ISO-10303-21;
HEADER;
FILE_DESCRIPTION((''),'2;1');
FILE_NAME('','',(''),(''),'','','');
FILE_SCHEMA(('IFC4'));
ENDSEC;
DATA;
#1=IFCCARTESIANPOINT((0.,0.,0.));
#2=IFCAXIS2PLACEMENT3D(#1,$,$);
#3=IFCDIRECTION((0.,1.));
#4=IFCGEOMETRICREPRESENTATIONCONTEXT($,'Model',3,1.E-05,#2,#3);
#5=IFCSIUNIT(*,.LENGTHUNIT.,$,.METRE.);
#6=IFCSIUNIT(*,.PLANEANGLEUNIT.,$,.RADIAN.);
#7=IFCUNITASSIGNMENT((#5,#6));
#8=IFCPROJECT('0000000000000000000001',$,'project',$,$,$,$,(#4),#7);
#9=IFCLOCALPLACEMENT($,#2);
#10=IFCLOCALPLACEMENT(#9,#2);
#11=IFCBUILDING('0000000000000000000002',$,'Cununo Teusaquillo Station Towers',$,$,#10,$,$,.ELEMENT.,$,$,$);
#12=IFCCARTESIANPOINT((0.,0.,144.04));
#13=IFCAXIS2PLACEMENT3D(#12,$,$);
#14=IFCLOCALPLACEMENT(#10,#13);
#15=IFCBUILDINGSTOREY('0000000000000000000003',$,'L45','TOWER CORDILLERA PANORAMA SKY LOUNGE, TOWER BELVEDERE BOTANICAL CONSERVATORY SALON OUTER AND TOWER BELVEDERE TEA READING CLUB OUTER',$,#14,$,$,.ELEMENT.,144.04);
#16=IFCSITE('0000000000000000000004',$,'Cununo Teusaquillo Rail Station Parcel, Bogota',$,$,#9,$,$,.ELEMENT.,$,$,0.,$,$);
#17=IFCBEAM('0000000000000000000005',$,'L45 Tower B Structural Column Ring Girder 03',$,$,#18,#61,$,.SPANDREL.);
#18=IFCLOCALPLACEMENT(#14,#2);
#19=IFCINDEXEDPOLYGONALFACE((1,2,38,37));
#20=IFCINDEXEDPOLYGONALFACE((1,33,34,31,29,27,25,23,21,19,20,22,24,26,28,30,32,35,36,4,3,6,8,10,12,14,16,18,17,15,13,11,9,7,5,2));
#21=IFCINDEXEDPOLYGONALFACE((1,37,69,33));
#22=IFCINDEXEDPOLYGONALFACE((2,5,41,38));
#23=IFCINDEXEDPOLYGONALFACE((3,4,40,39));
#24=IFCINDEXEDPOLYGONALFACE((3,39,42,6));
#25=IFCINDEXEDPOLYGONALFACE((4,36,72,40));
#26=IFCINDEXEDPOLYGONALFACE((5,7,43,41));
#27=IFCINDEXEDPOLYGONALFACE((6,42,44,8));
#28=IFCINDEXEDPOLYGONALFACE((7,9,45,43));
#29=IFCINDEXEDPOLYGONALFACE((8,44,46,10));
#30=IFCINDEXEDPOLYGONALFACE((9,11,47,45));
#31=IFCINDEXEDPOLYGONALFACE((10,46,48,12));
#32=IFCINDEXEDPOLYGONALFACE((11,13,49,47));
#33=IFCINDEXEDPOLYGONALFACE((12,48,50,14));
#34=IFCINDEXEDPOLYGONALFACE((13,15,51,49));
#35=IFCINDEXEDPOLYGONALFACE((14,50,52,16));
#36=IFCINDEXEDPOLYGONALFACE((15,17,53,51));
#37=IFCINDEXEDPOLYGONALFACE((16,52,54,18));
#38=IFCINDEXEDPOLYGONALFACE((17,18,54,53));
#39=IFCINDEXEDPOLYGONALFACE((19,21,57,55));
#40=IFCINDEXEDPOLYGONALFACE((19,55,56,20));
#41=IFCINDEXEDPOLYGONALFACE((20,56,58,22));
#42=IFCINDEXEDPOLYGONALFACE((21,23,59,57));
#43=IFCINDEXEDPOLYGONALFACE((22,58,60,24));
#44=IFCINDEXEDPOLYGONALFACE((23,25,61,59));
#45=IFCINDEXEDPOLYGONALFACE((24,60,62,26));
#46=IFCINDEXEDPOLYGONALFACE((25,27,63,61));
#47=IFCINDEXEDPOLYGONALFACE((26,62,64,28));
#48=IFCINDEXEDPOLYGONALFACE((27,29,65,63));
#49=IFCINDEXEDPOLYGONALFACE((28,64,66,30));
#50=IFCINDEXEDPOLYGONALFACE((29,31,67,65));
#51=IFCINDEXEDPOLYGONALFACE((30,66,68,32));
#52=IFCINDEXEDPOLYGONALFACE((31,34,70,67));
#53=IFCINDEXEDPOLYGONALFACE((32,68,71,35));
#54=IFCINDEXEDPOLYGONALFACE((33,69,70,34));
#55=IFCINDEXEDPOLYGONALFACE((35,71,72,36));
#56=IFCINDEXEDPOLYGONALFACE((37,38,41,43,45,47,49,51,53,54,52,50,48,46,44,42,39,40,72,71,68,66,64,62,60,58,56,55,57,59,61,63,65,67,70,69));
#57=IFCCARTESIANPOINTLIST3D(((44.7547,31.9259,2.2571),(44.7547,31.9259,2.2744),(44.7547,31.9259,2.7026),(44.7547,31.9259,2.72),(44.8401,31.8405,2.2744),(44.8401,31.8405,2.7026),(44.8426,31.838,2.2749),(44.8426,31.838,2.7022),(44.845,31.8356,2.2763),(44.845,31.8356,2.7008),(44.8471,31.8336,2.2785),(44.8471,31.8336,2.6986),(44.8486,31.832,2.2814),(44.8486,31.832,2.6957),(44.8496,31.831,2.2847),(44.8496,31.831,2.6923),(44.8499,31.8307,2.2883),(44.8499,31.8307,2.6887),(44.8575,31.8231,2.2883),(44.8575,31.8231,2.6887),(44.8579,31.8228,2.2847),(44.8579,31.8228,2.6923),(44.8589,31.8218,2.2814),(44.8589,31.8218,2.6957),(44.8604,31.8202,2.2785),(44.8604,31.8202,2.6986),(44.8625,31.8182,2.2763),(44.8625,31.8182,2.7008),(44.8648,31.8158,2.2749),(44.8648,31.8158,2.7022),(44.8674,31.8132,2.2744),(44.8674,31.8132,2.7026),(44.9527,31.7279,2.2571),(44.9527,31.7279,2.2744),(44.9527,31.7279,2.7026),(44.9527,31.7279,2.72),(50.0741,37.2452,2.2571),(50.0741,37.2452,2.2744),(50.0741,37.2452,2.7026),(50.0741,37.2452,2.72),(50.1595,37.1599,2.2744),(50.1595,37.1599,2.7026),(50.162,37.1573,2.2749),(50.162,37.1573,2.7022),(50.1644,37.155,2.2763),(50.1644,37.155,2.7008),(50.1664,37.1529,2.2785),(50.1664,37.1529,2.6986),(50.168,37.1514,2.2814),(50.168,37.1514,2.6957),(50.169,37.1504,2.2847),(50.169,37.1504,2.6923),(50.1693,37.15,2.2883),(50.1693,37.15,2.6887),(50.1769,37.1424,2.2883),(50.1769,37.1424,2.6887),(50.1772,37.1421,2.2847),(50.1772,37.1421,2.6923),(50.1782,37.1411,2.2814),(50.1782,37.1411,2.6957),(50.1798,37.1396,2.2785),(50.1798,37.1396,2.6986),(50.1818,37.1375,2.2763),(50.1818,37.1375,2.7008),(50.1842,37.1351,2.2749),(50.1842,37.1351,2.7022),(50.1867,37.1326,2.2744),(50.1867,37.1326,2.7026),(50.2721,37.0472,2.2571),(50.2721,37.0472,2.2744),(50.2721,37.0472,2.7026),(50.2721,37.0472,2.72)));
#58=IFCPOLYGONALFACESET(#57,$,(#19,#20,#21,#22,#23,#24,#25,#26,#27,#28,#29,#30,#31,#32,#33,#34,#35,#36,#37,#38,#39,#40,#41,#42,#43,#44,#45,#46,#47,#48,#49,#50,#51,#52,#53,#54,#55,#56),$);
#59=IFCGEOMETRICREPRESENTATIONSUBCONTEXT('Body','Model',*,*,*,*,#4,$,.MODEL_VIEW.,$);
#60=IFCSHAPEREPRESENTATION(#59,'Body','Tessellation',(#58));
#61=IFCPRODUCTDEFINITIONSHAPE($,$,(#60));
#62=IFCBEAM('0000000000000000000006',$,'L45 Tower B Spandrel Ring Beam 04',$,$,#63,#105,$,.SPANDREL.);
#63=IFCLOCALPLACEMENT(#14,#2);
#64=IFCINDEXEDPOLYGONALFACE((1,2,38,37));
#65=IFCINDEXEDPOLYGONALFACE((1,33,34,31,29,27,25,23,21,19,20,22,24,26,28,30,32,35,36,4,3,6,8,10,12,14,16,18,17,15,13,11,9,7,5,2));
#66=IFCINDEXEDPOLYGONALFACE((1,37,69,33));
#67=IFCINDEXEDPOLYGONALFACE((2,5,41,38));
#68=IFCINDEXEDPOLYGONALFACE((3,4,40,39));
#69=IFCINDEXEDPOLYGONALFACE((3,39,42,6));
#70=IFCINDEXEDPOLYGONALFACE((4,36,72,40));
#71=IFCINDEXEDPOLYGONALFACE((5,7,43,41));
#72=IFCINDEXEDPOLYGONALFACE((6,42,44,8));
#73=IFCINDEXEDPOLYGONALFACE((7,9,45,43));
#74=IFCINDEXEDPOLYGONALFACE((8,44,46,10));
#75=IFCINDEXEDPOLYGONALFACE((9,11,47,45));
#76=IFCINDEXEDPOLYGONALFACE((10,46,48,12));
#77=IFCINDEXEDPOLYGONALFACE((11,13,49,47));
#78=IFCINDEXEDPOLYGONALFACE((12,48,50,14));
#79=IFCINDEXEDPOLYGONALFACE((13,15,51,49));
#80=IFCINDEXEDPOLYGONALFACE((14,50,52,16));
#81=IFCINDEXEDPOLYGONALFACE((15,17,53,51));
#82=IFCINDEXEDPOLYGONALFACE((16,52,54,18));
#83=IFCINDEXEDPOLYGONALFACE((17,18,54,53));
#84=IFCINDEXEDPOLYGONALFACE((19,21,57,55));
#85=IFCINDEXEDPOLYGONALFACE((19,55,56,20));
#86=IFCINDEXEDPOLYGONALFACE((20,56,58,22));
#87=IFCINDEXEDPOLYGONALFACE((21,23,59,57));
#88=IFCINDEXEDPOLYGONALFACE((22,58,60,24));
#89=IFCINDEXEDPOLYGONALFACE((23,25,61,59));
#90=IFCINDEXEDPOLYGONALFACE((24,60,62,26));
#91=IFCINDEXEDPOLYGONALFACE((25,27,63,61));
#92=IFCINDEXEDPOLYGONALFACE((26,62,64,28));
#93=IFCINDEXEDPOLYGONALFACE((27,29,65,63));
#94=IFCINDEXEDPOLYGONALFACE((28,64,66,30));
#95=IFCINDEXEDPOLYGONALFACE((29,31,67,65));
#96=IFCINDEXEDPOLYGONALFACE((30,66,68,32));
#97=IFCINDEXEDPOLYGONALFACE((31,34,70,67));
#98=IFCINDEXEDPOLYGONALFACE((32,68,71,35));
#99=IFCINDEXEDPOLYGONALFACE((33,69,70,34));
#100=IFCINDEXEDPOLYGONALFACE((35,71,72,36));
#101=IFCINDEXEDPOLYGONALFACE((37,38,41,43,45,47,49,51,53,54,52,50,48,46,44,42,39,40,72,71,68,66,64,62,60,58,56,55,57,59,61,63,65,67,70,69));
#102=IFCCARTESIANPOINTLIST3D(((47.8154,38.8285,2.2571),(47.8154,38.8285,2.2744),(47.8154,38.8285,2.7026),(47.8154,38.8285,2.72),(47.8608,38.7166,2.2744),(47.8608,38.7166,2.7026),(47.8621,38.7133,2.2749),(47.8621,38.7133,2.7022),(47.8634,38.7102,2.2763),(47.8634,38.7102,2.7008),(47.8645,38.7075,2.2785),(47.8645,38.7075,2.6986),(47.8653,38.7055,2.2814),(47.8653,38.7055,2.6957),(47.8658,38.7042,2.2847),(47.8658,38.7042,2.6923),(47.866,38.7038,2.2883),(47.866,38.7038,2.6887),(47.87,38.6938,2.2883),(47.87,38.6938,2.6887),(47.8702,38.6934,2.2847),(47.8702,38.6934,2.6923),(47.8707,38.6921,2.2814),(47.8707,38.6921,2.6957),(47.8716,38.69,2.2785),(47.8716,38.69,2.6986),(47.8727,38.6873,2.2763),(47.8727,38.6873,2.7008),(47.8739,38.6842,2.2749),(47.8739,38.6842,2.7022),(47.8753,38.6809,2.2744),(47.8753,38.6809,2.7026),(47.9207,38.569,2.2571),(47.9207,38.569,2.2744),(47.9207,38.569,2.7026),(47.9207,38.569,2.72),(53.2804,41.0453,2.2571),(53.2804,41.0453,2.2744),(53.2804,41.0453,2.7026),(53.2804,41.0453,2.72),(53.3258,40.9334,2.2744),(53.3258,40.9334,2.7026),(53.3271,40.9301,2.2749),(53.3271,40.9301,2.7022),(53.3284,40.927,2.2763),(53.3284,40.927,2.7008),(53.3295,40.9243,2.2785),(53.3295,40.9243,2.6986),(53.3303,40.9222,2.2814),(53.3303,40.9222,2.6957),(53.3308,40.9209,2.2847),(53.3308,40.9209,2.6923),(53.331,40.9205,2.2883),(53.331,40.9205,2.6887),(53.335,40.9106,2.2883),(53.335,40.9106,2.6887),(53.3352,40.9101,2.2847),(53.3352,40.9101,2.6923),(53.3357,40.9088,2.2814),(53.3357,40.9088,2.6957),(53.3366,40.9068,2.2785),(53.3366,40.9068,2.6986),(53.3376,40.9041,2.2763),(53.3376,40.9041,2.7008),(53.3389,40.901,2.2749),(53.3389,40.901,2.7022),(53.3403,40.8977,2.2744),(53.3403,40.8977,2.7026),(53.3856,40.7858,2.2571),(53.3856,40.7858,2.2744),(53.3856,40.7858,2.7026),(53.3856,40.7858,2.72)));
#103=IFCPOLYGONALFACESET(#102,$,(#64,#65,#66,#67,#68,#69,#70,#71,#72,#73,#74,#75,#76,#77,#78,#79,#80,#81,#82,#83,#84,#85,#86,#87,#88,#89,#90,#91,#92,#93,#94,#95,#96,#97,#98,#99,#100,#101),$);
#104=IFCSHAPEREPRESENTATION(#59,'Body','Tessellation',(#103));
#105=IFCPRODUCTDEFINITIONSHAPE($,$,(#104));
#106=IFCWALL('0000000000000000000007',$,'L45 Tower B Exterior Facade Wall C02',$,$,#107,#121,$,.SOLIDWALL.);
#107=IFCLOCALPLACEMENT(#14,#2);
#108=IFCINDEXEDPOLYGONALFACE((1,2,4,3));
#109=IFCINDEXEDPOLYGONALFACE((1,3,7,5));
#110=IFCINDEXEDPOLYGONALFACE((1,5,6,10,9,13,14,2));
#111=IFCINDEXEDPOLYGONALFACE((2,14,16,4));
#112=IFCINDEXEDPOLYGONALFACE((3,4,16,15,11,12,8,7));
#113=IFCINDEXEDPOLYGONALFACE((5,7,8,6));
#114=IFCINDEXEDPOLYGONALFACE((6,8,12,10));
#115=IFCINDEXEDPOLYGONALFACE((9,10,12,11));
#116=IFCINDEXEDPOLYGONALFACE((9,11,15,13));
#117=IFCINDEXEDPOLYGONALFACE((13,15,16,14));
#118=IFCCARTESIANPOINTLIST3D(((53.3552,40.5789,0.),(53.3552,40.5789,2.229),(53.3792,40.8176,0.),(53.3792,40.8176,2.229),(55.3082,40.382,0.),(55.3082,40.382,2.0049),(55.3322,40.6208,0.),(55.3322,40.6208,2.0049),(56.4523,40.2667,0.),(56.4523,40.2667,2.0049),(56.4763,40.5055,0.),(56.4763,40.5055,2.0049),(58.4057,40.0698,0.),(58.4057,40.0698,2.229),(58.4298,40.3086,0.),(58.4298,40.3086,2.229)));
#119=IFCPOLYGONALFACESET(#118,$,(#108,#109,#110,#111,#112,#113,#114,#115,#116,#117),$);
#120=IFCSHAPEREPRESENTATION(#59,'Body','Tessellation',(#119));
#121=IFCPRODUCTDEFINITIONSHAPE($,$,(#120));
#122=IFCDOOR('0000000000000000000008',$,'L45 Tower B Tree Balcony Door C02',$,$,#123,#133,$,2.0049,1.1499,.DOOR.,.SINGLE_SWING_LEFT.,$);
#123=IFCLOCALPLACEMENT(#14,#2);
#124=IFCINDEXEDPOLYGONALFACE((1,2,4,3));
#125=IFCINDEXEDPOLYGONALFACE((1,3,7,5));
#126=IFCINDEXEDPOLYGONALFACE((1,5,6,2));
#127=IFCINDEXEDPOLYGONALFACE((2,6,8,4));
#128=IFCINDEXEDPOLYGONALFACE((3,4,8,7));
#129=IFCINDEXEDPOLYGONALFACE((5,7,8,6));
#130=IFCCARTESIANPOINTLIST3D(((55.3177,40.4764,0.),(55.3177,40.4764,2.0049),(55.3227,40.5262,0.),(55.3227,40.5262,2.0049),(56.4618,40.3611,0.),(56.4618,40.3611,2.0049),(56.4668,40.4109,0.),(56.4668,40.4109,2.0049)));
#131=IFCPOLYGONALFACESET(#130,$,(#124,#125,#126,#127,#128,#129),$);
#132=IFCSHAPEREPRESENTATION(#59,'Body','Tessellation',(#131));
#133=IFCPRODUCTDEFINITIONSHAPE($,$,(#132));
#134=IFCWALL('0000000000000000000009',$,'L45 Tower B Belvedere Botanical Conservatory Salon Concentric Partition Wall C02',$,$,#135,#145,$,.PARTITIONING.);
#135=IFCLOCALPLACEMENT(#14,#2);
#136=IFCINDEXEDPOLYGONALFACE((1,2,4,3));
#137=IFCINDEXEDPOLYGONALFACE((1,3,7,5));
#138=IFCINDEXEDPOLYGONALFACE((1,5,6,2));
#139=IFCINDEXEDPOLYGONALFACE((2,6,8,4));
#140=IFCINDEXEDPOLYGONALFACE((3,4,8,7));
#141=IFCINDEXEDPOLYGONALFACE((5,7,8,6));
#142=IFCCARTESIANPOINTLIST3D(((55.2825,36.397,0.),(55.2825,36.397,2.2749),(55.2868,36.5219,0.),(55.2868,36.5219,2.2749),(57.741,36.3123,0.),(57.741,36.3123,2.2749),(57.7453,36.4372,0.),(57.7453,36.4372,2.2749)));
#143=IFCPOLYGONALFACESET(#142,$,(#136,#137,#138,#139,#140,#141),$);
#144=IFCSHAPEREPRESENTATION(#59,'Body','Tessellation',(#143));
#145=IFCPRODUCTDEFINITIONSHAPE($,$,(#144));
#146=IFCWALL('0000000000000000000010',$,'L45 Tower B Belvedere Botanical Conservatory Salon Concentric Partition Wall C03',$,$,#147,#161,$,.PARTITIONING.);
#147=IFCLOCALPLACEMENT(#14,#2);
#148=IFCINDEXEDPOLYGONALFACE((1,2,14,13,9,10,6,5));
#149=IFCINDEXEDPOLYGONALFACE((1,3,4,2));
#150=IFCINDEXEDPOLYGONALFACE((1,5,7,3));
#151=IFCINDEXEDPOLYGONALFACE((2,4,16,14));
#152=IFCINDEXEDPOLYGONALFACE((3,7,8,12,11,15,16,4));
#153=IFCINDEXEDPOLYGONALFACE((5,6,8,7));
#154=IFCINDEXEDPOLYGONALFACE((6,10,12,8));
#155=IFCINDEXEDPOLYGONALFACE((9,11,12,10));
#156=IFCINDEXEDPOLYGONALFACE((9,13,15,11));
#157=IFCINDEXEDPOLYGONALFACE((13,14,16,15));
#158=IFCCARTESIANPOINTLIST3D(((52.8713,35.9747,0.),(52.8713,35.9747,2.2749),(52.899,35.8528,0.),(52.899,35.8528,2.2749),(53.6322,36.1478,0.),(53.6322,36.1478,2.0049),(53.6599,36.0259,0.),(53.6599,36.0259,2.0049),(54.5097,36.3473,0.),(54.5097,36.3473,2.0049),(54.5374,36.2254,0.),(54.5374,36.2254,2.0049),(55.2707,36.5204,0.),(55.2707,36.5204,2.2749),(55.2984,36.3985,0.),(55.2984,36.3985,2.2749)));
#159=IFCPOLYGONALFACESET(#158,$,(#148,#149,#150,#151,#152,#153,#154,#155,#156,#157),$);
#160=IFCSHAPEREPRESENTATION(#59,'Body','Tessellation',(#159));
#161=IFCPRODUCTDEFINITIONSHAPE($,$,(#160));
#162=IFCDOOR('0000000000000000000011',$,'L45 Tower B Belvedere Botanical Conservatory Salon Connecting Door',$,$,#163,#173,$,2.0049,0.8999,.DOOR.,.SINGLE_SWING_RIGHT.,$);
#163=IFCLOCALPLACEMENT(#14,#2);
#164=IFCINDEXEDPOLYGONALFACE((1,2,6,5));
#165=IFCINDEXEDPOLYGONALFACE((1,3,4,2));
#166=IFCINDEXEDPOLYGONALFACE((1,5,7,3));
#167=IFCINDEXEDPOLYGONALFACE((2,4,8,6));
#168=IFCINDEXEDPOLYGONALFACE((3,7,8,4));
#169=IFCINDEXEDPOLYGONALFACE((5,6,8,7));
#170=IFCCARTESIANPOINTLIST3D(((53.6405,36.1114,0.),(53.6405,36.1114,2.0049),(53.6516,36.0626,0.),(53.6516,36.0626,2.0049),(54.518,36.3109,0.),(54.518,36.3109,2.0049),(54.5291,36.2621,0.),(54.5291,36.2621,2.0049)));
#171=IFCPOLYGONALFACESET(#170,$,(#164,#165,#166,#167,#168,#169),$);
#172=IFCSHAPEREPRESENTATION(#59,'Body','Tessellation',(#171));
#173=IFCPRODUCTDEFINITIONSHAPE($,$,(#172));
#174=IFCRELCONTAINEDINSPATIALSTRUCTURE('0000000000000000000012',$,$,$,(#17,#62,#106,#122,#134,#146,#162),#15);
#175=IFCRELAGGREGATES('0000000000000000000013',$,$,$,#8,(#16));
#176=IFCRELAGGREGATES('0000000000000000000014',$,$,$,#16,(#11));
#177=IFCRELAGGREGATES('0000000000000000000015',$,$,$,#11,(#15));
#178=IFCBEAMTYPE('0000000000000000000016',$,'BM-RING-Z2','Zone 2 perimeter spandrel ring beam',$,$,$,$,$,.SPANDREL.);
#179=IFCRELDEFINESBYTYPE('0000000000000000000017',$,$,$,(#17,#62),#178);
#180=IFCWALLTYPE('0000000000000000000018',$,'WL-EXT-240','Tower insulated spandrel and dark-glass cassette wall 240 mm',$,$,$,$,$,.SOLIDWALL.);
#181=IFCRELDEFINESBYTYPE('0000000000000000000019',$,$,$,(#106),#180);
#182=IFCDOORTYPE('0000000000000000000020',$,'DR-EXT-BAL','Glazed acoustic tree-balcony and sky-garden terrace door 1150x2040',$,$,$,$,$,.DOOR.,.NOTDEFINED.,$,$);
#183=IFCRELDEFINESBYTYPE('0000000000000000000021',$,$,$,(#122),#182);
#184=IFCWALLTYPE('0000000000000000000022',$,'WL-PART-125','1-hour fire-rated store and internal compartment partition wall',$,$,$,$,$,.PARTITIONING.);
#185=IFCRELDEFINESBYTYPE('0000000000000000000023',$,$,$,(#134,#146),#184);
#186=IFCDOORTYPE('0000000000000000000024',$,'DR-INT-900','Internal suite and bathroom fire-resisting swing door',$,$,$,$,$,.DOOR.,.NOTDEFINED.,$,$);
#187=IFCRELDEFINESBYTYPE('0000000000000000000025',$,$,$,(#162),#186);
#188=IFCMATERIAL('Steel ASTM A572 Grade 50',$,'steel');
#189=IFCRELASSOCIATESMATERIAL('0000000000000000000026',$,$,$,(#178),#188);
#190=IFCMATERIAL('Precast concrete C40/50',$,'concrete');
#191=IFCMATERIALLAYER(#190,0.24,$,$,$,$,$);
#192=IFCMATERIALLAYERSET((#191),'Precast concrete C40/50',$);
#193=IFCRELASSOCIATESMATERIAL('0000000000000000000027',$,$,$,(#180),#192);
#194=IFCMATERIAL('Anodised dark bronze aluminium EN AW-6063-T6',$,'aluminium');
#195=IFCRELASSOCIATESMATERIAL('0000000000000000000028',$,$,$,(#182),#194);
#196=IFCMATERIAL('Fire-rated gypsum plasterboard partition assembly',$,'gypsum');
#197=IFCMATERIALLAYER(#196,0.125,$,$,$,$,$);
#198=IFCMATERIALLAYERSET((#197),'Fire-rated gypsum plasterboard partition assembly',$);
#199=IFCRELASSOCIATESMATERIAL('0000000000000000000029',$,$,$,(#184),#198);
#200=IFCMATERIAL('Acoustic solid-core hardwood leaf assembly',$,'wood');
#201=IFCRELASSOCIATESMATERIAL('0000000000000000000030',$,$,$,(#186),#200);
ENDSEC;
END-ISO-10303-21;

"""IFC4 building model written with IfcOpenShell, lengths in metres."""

from ifc_helpers import new_model, si_unit, direction, frame, frame_2d, origin, origin_2d, place, context, subcontext, project, spatial, rectangle, i_section, extrude, source, transform, mapped, material, layer, layer_set, material_profile, profile_set, type_object, element, fill, save


model = new_model("IFC4")

# Units and contexts
model_context = context("Model", 3, precision=1e-05, world=origin(), true_north=direction((0.0, 1.0)))
body_context = subcontext(model_context, "Body", "Model", "MODEL_VIEW")
ifc_project = project(units=[si_unit("LENGTHUNIT", "METRE"), si_unit("PLANEANGLEUNIT", "RADIAN")], contexts=[model_context])

# Site, building, storey
site_placement = place(None, origin())
site = spatial("IfcSite", under=ifc_project, at=site_placement, Name="Cununo Teusaquillo Rail Station Parcel, Bogota", CompositionType="ELEMENT", RefElevation=0.0)
building_placement = place(site_placement, origin())
building = spatial("IfcBuilding", under=site, at=building_placement, Name="Cununo Teusaquillo Station Towers", CompositionType="ELEMENT")
storey_placement = place(building_placement, frame((0.0, 0.0, 144.04)))
storey = spatial("IfcBuildingStorey", under=building, at=storey_placement, Name="L45", Description="TOWER CORDILLERA PANORAMA SKY LOUNGE, TOWER BELVEDERE BOTANICAL CONSERVATORY SALON OUTER AND TOWER BELVEDERE TEA READING CLUB OUTER", CompositionType="ELEMENT", Elevation=144.04)

# Beams
ifc_material_1 = material(Name="Steel ASTM A572 Grade 50", Category="steel")
ifc_material_profile = material_profile(ifc_material_1, i_section(OverallWidth=0.28, OverallDepth=0.4629, WebThickness=0.0107, FlangeThickness=0.0173, FilletRadius=0.0139, at=origin_2d()), Name="W18X76")
ifc_profile_set = profile_set([ifc_material_profile], Name="Steel ASTM A572 Grade 50")
beam_type = type_object("IfcBeamType", Name="BM-RING-Z2", Description="Zone 2 perimeter spandrel ring beam", PredefinedType="SPANDREL", material=ifc_profile_set)
beam_1_placement = place(storey_placement, frame((50.1731, 37.1462, 2.4885), z_axis=(-0.707107, -0.707107, 0.0), x_axis=(0.707107, -0.707107, 0.0)))
element("IfcBeam", 1, at=beam_1_placement, inside=storey, type_object=beam_type, Name="L45 Tower B Structural Column Ring Girder 03", PredefinedType="SPANDREL", context=body_context, shape_type="SweptSolid", body=[
    extrude(i_section(OverallWidth=0.28, OverallDepth=0.4629, WebThickness=0.0107, FlangeThickness=0.0173, FilletRadius=0.0139, at=origin_2d()), origin(), (0.0, 0.0, 1.0), 7.5227),
])
beam_2_placement = place(storey_placement, frame((53.333, 40.9155, 2.4885), z_axis=(-0.926667, -0.375883, 0.0), x_axis=(0.375883, -0.926667, 0.0)))
element("IfcBeam", 2, at=beam_2_placement, inside=storey, type_object=beam_type, Name="L45 Tower B Spandrel Ring Beam 04", PredefinedType="SPANDREL", context=body_context, shape_type="SweptSolid", body=[
    extrude(i_section(OverallWidth=0.28, OverallDepth=0.4629, WebThickness=0.0107, FlangeThickness=0.0173, FilletRadius=0.0139, at=origin_2d()), origin(), (0.0, 0.0, 1.0), 5.8975),
])

# Wall, opening, door
ifc_material_2 = material(Name="Precast concrete C40/50", Category="concrete")
ifc_layer_1 = layer(ifc_material_2, 0.24)
ifc_layer_set_1 = layer_set([ifc_layer_1], Name="Precast concrete C40/50")
wall_type_1 = type_object("IfcWallType", Name="WL-EXT-240", Description="Tower insulated spandrel and dark-glass cassette wall 240 mm", PredefinedType="SOLIDWALL", material=ifc_layer_set_1)
wall_1_placement = place(storey_placement, frame((53.3672, 40.6982, 0.0), z_axis=(0.0, 0.0, 1.0), x_axis=(0.994959, -0.10028, 0.0)))
wall_1 = element("IfcWall", 3, at=wall_1_placement, inside=storey, type_object=wall_type_1, Name="L45 Tower B Exterior Facade Wall C02", PredefinedType="SOLIDWALL", context=body_context, shape_type="SweptSolid", body=[
    extrude(rectangle(XDim=5.0762, YDim=0.24, at=frame_2d((2.5381, 0.0))), origin(), (0.0, 0.0, 1.0), 2.229),
])
shared_shape_1 = source(origin(), body_context, "Body", "SweptSolid", [
    extrude(rectangle(XDim=1.1499, YDim=2.0049, at=frame_2d((0.575, 1.0024))), frame((0.0, 0.1299, 0.0), z_axis=(0.0, -1.0, 0.0), x_axis=(1.0, 0.0, 0.0)), (0.0, 0.0, 1.0), 0.26),
])
opening_1_placement = place(wall_1_placement, frame((1.9629, 0.0, 0.0)))
opening_1 = element("IfcOpeningElement", 4, at=opening_1_placement, cuts=wall_1, PredefinedType="OPENING", context=body_context, shape_type="MappedRepresentation", body=[
    mapped(shared_shape_1, transform((0.0, 0.0, 0.0), x_axis=(1.0, 0.0, 0.0), y_axis=(0.0, 1.0, 0.0), z_axis=(0.0, 0.0, 1.0), scale=1.0)),
])
ifc_material_3 = material(Name="Anodised dark bronze aluminium EN AW-6063-T6", Category="aluminium")
door_type_1 = type_object("IfcDoorType", Name="DR-EXT-BAL", Description="Glazed acoustic tree-balcony and sky-garden terrace door 1150x2040", OperationType="NOTDEFINED", PredefinedType="DOOR", material=ifc_material_3)
shared_shape_2 = source(origin(), body_context, "Body", "SweptSolid", [
    extrude(rectangle(XDim=1.1499, YDim=2.0049, at=frame_2d((0.575, 1.0024))), frame((0.0, 0.0249, 0.0), z_axis=(0.0, -1.0, 0.0), x_axis=(1.0, 0.0, 0.0)), (0.0, 0.0, 1.0), 0.05),
])
door_1_placement = place(opening_1_placement, origin())
door_1 = element("IfcDoor", 5, at=door_1_placement, inside=storey, type_object=door_type_1, Name="L45 Tower B Tree Balcony Door C02", OperationType="SINGLE_SWING_LEFT", OverallHeight=2.0049, OverallWidth=1.1499, PredefinedType="DOOR", context=body_context, shape_type="MappedRepresentation", body=[
    mapped(shared_shape_2, transform((0.0, 0.0, 0.0), x_axis=(1.0, 0.0, 0.0), y_axis=(0.0, 1.0, 0.0), z_axis=(0.0, 0.0, 1.0), scale=1.0)),
])
fill(opening_1, door_1)

# Wall
ifc_material_4 = material(Name="Fire-rated gypsum plasterboard partition assembly", Category="gypsum")
ifc_layer_2 = layer(ifc_material_4, 0.125)
ifc_layer_set_2 = layer_set([ifc_layer_2], Name="Fire-rated gypsum plasterboard partition assembly")
wall_type_2 = type_object("IfcWallType", Name="WL-PART-125", Description="1-hour fire-rated store and internal compartment partition wall", PredefinedType="PARTITIONING", material=ifc_layer_set_2)
wall_2_placement = place(storey_placement, frame((57.7432, 36.3748, 0.0), z_axis=(0.0, 0.0, 1.0), x_axis=(-0.999407, 0.034438, 0.0)))
element("IfcWall", 6, at=wall_2_placement, inside=storey, type_object=wall_type_2, Name="L45 Tower B Belvedere Botanical Conservatory Salon Concentric Partition Wall C02", PredefinedType="PARTITIONING", context=body_context, shape_type="SweptSolid", body=[
    extrude(rectangle(XDim=2.46, YDim=0.125, at=frame_2d((1.23, 0.0))), origin(), (0.0, 0.0, 1.0), 2.2749),
])

# Wall, opening, door
wall_3_placement = place(storey_placement, frame((55.2847, 36.4595, 0.0), z_axis=(0.0, 0.0, 1.0), x_axis=(-0.975104, -0.22175, 0.0)))
wall_3 = element("IfcWall", 7, at=wall_3_placement, inside=storey, type_object=wall_type_2, Name="L45 Tower B Belvedere Botanical Conservatory Salon Concentric Partition Wall C03", PredefinedType="PARTITIONING", context=body_context, shape_type="SweptSolid", body=[
    extrude(rectangle(XDim=2.4607, YDim=0.125, at=frame_2d((1.2305, 0.0))), origin(), (0.0, 0.0, 1.0), 2.2749),
])
shared_shape_3 = source(origin(), body_context, "Body", "SweptSolid", [
    extrude(rectangle(XDim=0.8999, YDim=2.0049, at=frame_2d((0.45, 1.0024))), frame((0.0, 0.0725, 0.0), z_axis=(0.0, -1.0, 0.0), x_axis=(1.0, 0.0, 0.0)), (0.0, 0.0, 1.0), 0.145),
])
opening_2_placement = place(wall_3_placement, frame((0.7805, 0.0, 0.0)))
opening_2 = element("IfcOpeningElement", 8, at=opening_2_placement, cuts=wall_3, PredefinedType="OPENING", context=body_context, shape_type="MappedRepresentation", body=[
    mapped(shared_shape_3, transform((0.0, 0.0, 0.0), x_axis=(1.0, 0.0, 0.0), y_axis=(0.0, 1.0, 0.0), z_axis=(0.0, 0.0, 1.0), scale=1.0)),
])
ifc_material_5 = material(Name="Acoustic solid-core hardwood leaf assembly", Category="wood")
door_type_2 = type_object("IfcDoorType", Name="DR-INT-900", Description="Internal suite and bathroom fire-resisting swing door", OperationType="NOTDEFINED", PredefinedType="DOOR", material=ifc_material_5)
shared_shape_4 = source(origin(), body_context, "Body", "SweptSolid", [
    extrude(rectangle(XDim=0.8999, YDim=2.0049, at=frame_2d((0.45, 1.0024))), frame((0.0, 0.0249, 0.0), z_axis=(0.0, -1.0, 0.0), x_axis=(1.0, 0.0, 0.0)), (0.0, 0.0, 1.0), 0.05),
])
door_2_placement = place(opening_2_placement, origin())
door_2 = element("IfcDoor", 9, at=door_2_placement, inside=storey, type_object=door_type_2, Name="L45 Tower B Belvedere Botanical Conservatory Salon Connecting Door", OperationType="SINGLE_SWING_RIGHT", OverallHeight=2.0049, OverallWidth=0.8999, PredefinedType="DOOR", context=body_context, shape_type="MappedRepresentation", body=[
    mapped(shared_shape_4, transform((0.0, 0.0, 0.0), x_axis=(1.0, 0.0, 0.0), y_axis=(0.0, 1.0, 0.0), z_axis=(0.0, 0.0, 1.0), scale=1.0)),
])
fill(opening_2, door_2)

save(model, "model.ifc")
